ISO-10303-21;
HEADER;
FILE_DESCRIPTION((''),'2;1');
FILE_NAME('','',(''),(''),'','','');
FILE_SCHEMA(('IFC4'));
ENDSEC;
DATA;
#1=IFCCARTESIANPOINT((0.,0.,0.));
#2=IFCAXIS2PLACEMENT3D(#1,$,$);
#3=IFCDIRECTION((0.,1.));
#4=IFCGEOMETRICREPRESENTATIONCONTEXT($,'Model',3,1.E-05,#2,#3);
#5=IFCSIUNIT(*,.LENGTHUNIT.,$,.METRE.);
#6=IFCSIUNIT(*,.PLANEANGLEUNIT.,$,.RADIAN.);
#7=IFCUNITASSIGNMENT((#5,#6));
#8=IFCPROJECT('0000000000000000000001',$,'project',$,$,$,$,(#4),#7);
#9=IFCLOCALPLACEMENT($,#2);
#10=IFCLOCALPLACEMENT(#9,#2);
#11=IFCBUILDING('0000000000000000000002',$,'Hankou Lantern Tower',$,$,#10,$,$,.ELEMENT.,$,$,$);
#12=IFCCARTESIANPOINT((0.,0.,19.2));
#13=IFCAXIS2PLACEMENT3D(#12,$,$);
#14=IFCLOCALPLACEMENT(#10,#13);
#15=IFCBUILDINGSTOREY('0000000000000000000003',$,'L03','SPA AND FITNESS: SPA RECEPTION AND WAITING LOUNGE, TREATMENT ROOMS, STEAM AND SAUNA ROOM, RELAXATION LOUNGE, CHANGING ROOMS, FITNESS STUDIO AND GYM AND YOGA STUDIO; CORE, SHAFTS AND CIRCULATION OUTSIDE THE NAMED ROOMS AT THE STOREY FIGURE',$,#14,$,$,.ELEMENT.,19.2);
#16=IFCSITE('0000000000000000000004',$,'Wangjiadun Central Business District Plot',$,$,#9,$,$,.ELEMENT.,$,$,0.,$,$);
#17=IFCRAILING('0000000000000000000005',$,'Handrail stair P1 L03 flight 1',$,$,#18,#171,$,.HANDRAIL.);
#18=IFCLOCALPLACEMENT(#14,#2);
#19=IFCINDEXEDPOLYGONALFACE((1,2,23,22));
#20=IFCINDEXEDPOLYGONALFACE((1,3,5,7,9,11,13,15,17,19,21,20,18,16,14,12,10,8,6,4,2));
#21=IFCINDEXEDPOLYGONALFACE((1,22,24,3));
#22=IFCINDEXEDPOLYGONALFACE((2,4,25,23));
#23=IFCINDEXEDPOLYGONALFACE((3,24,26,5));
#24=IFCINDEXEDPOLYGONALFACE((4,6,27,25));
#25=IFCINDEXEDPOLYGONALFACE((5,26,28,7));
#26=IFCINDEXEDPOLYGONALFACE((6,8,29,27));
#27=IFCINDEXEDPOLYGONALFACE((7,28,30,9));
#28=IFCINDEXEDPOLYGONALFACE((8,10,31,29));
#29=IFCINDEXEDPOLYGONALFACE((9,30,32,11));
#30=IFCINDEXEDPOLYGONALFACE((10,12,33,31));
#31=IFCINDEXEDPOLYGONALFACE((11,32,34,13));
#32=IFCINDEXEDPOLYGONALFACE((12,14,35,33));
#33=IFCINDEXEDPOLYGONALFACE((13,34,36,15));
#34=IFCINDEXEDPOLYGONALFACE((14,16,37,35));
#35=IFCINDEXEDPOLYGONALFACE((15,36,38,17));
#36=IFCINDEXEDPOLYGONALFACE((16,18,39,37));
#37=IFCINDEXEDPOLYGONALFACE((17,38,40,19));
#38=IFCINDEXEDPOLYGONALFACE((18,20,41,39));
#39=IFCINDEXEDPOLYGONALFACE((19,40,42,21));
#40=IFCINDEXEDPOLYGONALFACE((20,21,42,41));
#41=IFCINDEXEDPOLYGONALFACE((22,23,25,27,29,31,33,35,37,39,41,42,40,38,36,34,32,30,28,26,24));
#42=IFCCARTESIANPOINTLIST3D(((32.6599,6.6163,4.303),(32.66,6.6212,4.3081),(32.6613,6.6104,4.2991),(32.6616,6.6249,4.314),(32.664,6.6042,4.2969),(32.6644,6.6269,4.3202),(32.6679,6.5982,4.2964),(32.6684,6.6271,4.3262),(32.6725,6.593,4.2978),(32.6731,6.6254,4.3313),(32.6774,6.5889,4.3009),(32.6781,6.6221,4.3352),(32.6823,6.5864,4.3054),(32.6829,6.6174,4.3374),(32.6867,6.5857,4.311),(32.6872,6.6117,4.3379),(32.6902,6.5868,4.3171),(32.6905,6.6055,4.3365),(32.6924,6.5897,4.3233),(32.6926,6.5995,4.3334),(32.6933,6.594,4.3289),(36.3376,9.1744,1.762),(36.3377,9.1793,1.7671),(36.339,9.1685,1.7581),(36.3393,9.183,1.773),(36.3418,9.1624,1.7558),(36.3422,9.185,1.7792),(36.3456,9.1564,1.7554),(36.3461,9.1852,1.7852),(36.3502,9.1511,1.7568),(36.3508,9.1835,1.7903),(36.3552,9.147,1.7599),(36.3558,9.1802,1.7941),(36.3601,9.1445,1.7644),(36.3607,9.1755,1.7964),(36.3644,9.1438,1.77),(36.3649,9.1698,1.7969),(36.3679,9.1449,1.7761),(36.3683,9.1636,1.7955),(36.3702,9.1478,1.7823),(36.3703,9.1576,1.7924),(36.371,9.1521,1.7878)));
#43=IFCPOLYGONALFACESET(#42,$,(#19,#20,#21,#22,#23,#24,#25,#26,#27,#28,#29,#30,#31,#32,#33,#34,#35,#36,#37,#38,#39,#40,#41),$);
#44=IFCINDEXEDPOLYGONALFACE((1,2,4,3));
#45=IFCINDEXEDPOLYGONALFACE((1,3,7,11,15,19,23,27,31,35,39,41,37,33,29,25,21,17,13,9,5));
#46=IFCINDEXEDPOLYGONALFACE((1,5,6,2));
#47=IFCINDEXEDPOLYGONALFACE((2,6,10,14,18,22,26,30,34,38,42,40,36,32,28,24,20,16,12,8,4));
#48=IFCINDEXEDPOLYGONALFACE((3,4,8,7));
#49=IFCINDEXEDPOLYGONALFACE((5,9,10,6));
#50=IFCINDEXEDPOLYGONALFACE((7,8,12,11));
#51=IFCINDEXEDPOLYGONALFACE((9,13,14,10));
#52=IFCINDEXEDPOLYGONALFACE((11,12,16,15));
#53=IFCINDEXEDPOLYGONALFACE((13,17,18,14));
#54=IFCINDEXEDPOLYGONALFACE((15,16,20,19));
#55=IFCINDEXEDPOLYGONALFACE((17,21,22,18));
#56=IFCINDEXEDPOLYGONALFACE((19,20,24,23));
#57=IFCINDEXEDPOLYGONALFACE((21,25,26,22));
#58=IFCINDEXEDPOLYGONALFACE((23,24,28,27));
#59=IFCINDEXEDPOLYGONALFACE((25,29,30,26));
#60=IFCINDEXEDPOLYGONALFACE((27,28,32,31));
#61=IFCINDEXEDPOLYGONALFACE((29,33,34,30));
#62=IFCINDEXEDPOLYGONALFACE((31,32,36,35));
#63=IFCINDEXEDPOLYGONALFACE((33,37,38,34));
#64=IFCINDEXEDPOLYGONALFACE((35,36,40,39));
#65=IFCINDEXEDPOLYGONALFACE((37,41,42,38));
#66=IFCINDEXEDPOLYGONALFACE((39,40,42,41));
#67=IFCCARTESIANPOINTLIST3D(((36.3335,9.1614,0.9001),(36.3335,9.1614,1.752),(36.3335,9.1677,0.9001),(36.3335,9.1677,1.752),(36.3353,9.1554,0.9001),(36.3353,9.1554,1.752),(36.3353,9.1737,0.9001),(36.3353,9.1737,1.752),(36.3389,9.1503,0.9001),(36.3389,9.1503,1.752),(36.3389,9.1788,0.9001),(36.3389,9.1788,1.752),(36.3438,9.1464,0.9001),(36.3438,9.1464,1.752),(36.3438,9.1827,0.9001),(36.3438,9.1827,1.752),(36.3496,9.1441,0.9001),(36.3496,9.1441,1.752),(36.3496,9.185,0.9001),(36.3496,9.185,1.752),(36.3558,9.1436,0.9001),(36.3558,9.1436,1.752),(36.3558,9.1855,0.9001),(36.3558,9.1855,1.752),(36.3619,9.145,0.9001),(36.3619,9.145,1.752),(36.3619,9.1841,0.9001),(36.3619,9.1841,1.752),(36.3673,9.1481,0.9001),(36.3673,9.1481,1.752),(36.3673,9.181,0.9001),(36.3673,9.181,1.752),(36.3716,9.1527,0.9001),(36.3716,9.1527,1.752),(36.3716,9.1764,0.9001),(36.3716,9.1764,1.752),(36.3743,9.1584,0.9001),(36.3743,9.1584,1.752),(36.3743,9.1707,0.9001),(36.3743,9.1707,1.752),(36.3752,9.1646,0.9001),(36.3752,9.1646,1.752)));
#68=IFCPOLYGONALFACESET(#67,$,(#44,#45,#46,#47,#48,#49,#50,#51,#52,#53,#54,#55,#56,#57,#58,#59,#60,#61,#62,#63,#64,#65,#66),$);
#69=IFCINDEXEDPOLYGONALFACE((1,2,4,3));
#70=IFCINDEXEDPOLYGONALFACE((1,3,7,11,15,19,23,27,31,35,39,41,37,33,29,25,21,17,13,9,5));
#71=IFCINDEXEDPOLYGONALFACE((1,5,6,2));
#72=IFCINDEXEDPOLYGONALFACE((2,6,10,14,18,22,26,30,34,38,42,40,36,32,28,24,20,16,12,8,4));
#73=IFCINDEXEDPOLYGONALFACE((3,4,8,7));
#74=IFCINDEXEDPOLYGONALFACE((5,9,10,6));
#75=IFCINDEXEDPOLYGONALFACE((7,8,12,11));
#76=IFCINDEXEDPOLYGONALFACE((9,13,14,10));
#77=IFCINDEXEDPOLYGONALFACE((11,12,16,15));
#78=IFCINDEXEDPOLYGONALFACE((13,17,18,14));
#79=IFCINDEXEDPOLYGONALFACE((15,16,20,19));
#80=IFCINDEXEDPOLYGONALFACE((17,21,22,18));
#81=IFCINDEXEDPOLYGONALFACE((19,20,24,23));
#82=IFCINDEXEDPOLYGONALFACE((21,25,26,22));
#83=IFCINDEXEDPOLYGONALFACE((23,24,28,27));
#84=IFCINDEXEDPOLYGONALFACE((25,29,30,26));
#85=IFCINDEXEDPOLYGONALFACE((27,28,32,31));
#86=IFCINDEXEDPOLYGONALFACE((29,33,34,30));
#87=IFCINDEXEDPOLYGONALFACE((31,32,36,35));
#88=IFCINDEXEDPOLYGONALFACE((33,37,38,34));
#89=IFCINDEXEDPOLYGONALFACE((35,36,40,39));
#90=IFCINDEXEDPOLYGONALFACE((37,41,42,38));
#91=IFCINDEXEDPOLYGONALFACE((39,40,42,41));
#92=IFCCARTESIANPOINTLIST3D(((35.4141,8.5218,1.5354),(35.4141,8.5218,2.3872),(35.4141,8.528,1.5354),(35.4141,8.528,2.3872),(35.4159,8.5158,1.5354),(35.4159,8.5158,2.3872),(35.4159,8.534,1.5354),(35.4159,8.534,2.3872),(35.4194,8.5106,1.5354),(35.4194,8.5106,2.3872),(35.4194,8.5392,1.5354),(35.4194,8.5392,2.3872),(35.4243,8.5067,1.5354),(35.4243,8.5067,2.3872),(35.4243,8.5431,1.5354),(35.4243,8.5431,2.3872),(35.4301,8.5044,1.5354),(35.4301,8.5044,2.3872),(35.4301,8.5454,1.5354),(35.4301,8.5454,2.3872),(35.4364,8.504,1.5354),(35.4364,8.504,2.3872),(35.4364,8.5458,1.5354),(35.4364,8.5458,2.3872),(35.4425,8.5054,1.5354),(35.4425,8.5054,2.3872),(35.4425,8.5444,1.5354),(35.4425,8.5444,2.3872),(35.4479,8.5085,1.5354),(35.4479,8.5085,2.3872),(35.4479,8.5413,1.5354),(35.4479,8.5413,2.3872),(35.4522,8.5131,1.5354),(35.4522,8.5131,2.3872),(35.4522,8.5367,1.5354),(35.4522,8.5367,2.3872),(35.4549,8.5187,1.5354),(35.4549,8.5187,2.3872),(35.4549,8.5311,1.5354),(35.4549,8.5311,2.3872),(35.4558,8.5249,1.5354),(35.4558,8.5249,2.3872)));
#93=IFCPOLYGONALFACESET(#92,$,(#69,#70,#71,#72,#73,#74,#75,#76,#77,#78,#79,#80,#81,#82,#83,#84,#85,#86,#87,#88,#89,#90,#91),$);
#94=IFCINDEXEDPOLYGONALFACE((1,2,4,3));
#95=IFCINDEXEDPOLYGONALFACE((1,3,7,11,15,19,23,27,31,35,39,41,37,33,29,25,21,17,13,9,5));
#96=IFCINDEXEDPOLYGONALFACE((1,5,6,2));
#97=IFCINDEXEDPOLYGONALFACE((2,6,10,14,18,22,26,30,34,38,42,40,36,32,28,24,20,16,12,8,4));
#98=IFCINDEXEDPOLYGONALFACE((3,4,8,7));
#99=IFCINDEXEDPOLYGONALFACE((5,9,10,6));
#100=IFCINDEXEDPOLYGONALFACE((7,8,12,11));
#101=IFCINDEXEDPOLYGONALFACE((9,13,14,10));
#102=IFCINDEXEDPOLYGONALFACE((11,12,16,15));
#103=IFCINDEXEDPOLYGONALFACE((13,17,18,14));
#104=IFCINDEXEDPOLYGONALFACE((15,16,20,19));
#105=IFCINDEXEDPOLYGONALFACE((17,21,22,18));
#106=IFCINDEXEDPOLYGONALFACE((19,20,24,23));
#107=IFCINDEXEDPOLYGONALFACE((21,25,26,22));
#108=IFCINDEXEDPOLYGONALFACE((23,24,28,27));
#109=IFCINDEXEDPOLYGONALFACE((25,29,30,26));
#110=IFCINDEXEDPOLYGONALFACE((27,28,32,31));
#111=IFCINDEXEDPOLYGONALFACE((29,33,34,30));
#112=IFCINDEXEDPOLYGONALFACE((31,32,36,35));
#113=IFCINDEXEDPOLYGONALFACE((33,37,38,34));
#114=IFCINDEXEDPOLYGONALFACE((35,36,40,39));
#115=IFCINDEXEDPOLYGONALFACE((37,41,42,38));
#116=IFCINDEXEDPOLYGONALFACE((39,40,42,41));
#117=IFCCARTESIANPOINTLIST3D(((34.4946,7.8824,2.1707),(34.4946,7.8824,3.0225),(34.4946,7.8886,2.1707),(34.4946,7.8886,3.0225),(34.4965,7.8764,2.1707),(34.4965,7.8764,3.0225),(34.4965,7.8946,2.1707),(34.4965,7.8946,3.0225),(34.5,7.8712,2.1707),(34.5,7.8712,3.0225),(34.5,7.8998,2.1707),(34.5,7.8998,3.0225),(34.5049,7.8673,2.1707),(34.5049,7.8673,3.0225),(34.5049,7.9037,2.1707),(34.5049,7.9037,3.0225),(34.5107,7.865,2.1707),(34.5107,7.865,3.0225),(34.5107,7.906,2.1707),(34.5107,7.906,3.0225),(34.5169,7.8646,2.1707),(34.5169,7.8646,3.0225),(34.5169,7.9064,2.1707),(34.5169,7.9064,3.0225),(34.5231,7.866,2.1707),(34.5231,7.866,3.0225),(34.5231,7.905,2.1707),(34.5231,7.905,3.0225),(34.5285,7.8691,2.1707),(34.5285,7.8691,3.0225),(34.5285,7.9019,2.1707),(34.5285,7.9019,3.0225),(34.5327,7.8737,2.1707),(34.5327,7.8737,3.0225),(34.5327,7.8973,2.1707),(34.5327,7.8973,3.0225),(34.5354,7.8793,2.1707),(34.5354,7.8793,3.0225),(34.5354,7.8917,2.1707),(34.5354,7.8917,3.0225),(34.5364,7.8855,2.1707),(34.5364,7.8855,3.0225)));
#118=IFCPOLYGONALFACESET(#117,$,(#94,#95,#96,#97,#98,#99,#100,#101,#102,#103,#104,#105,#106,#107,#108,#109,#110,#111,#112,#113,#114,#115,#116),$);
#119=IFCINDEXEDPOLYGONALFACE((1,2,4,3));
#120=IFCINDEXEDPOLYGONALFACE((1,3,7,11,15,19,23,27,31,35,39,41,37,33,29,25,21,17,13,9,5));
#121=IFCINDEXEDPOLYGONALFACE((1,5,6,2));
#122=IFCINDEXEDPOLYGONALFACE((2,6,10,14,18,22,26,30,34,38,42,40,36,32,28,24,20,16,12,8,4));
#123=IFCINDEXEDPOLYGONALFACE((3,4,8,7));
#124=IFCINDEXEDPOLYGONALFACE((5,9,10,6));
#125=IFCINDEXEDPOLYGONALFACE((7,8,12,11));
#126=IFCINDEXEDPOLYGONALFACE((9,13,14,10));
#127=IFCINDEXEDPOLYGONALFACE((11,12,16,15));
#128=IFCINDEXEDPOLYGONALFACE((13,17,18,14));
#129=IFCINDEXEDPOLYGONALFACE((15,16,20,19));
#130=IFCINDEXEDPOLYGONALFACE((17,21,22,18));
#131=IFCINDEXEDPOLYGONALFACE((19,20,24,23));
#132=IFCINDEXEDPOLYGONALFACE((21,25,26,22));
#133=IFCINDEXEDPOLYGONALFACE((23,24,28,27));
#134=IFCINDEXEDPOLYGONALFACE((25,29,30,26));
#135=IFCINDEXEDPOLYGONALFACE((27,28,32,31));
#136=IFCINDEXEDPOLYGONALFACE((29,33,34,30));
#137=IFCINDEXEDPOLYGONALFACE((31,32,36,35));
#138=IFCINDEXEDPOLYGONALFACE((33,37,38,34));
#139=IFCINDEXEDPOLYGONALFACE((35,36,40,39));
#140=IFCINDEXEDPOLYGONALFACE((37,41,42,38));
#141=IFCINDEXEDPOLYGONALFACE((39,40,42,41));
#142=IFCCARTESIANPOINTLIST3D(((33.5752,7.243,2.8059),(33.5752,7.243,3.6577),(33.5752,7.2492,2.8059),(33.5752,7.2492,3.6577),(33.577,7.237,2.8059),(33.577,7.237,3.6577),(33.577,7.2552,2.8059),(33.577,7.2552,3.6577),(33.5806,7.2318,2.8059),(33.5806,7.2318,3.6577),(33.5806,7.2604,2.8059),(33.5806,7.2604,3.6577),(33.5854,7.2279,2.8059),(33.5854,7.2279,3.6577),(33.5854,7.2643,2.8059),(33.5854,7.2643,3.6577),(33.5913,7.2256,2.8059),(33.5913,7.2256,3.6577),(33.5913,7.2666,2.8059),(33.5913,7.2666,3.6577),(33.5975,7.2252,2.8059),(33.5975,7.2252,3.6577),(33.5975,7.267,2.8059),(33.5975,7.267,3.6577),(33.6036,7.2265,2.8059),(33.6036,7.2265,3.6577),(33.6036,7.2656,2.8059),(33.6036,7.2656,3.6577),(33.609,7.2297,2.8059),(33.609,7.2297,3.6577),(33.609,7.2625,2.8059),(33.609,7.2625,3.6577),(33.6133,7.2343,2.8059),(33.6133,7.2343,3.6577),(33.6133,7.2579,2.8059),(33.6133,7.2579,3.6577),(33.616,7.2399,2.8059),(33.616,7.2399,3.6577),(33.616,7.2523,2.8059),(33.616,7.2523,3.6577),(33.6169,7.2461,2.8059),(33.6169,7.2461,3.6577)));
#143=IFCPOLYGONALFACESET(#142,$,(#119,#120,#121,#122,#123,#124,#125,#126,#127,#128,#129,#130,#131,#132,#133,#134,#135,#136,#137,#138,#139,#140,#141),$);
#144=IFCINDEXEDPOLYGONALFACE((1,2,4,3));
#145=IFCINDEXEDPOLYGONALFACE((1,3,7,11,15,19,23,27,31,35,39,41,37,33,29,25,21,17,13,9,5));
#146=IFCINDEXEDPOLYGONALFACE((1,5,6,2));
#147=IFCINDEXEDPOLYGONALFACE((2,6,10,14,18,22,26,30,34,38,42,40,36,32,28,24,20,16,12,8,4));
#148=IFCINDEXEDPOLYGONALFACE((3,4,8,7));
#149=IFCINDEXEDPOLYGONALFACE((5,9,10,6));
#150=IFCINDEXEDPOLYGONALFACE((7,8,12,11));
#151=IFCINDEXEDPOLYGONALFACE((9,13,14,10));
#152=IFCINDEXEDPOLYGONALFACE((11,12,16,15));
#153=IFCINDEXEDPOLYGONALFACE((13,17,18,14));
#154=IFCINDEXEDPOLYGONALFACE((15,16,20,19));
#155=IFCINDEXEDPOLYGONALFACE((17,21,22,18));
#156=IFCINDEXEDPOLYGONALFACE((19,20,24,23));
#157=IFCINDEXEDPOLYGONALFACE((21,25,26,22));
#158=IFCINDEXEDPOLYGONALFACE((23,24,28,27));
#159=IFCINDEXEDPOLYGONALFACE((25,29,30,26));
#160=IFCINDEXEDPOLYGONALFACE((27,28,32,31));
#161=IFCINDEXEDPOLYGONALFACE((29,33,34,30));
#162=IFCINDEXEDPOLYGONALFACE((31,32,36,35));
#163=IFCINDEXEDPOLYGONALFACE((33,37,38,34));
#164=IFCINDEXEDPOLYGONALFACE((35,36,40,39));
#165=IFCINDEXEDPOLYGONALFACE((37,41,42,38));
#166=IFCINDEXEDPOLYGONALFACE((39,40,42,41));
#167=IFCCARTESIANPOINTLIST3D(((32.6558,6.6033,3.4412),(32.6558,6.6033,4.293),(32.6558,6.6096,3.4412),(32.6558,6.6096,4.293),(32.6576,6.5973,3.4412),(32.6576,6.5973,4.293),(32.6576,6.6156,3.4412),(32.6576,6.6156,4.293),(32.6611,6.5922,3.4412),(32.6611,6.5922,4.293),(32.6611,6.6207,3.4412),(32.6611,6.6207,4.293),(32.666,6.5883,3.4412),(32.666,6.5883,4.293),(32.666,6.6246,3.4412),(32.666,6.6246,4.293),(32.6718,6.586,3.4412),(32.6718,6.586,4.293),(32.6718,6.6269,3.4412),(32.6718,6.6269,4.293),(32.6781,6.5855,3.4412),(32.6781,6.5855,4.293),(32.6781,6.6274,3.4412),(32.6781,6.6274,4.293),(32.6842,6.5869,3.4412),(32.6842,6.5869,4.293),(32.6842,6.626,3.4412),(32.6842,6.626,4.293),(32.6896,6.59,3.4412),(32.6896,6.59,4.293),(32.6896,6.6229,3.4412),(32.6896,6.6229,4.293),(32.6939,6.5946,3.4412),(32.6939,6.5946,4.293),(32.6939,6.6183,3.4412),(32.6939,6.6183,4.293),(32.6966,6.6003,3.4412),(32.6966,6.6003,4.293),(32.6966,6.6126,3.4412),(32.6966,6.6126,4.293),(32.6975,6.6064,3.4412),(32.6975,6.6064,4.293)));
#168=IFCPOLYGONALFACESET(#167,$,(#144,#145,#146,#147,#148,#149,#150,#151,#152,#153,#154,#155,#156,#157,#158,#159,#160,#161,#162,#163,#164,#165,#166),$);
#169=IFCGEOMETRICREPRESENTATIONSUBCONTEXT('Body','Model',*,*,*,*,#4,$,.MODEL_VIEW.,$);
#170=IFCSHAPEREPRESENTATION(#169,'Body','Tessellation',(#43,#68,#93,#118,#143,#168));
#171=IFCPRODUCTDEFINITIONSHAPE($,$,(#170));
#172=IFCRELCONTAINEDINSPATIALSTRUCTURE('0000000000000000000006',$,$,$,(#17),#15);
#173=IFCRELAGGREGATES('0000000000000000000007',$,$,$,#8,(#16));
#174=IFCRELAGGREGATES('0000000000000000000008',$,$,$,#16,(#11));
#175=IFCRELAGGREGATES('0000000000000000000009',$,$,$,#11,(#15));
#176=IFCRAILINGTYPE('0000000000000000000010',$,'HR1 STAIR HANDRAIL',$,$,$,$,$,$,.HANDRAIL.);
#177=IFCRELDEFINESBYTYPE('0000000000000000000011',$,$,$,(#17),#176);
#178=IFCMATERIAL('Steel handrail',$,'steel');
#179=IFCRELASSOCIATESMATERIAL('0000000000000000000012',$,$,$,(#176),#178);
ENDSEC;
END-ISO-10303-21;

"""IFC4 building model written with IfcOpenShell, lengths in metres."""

from ifc_helpers import new_model, si_unit, direction, frame, origin, origin_2d, place, context, subcontext, project, spatial, circle, extrude, material, type_object, element, save


model = new_model("IFC4")

# Units and contexts
model_context = context("Model", 3, precision=1e-05, world=origin(), true_north=direction((0.0, 1.0)))
body_context = subcontext(model_context, "Body", "Model", "MODEL_VIEW")
ifc_project = project(units=[si_unit("LENGTHUNIT", "METRE"), si_unit("PLANEANGLEUNIT", "RADIAN")], contexts=[model_context])

# Site, building, storey
site_placement = place(None, origin())
site = spatial("IfcSite", under=ifc_project, at=site_placement, Name="Wangjiadun Central Business District Plot", CompositionType="ELEMENT", RefElevation=0.0)
building_placement = place(site_placement, origin())
building = spatial("IfcBuilding", under=site, at=building_placement, Name="Hankou Lantern Tower", CompositionType="ELEMENT")
storey_placement = place(building_placement, frame((0.0, 0.0, 19.2)))
storey = spatial("IfcBuildingStorey", under=building, at=storey_placement, Name="L03", Description="SPA AND FITNESS: SPA RECEPTION AND WAITING LOUNGE, TREATMENT ROOMS, STEAM AND SAUNA ROOM, RELAXATION LOUNGE, CHANGING ROOMS, FITNESS STUDIO AND GYM AND YOGA STUDIO; CORE, SHAFTS AND CIRCULATION OUTSIDE THE NAMED ROOMS AT THE STOREY FIGURE", CompositionType="ELEMENT", Elevation=19.2)

# Railing
ifc_material_1 = material(Name="Steel handrail", Category="steel")
railing_type = type_object("IfcRailingType", Name="HR1 STAIR HANDRAIL", PredefinedType="HANDRAIL", material=ifc_material_1)
railing_placement = place(storey_placement, frame((36.3542, 9.1646, 0.9001)))
element("IfcRailing", 1, at=railing_placement, inside=storey, type_object=railing_type, Name="Handrail stair P1 L03 flight 1", PredefinedType="HANDRAIL", context=body_context, shape_type="SweptSolid", body=[
    extrude(circle(Radius=0.0239, at=origin_2d()), frame((0.0, 0.0, 0.876), z_axis=(-0.714071, -0.496683, 0.493365), x_axis=(0.571017, -0.820939, 0.0)), (0.0, 0.0, 1.0), 5.1504),
    extrude(circle(Radius=0.021, at=origin_2d()), origin(), (0.0, 0.0, 1.0), 0.8518),
    extrude(circle(Radius=0.021, at=origin_2d()), frame((-0.9194, -0.6396, 0.6353)), (0.0, 0.0, 1.0), 0.8518),
    extrude(circle(Radius=0.021, at=origin_2d()), frame((-1.8389, -1.2791, 1.2705)), (0.0, 0.0, 1.0), 0.8518),
    extrude(circle(Radius=0.021, at=origin_2d()), frame((-2.7583, -1.9185, 1.9058)), (0.0, 0.0, 1.0), 0.8518),
    extrude(circle(Radius=0.021, at=origin_2d()), frame((-3.6777, -2.5581, 2.541)), (0.0, 0.0, 1.0), 0.8518),
])

save(model, "model.ifc")
